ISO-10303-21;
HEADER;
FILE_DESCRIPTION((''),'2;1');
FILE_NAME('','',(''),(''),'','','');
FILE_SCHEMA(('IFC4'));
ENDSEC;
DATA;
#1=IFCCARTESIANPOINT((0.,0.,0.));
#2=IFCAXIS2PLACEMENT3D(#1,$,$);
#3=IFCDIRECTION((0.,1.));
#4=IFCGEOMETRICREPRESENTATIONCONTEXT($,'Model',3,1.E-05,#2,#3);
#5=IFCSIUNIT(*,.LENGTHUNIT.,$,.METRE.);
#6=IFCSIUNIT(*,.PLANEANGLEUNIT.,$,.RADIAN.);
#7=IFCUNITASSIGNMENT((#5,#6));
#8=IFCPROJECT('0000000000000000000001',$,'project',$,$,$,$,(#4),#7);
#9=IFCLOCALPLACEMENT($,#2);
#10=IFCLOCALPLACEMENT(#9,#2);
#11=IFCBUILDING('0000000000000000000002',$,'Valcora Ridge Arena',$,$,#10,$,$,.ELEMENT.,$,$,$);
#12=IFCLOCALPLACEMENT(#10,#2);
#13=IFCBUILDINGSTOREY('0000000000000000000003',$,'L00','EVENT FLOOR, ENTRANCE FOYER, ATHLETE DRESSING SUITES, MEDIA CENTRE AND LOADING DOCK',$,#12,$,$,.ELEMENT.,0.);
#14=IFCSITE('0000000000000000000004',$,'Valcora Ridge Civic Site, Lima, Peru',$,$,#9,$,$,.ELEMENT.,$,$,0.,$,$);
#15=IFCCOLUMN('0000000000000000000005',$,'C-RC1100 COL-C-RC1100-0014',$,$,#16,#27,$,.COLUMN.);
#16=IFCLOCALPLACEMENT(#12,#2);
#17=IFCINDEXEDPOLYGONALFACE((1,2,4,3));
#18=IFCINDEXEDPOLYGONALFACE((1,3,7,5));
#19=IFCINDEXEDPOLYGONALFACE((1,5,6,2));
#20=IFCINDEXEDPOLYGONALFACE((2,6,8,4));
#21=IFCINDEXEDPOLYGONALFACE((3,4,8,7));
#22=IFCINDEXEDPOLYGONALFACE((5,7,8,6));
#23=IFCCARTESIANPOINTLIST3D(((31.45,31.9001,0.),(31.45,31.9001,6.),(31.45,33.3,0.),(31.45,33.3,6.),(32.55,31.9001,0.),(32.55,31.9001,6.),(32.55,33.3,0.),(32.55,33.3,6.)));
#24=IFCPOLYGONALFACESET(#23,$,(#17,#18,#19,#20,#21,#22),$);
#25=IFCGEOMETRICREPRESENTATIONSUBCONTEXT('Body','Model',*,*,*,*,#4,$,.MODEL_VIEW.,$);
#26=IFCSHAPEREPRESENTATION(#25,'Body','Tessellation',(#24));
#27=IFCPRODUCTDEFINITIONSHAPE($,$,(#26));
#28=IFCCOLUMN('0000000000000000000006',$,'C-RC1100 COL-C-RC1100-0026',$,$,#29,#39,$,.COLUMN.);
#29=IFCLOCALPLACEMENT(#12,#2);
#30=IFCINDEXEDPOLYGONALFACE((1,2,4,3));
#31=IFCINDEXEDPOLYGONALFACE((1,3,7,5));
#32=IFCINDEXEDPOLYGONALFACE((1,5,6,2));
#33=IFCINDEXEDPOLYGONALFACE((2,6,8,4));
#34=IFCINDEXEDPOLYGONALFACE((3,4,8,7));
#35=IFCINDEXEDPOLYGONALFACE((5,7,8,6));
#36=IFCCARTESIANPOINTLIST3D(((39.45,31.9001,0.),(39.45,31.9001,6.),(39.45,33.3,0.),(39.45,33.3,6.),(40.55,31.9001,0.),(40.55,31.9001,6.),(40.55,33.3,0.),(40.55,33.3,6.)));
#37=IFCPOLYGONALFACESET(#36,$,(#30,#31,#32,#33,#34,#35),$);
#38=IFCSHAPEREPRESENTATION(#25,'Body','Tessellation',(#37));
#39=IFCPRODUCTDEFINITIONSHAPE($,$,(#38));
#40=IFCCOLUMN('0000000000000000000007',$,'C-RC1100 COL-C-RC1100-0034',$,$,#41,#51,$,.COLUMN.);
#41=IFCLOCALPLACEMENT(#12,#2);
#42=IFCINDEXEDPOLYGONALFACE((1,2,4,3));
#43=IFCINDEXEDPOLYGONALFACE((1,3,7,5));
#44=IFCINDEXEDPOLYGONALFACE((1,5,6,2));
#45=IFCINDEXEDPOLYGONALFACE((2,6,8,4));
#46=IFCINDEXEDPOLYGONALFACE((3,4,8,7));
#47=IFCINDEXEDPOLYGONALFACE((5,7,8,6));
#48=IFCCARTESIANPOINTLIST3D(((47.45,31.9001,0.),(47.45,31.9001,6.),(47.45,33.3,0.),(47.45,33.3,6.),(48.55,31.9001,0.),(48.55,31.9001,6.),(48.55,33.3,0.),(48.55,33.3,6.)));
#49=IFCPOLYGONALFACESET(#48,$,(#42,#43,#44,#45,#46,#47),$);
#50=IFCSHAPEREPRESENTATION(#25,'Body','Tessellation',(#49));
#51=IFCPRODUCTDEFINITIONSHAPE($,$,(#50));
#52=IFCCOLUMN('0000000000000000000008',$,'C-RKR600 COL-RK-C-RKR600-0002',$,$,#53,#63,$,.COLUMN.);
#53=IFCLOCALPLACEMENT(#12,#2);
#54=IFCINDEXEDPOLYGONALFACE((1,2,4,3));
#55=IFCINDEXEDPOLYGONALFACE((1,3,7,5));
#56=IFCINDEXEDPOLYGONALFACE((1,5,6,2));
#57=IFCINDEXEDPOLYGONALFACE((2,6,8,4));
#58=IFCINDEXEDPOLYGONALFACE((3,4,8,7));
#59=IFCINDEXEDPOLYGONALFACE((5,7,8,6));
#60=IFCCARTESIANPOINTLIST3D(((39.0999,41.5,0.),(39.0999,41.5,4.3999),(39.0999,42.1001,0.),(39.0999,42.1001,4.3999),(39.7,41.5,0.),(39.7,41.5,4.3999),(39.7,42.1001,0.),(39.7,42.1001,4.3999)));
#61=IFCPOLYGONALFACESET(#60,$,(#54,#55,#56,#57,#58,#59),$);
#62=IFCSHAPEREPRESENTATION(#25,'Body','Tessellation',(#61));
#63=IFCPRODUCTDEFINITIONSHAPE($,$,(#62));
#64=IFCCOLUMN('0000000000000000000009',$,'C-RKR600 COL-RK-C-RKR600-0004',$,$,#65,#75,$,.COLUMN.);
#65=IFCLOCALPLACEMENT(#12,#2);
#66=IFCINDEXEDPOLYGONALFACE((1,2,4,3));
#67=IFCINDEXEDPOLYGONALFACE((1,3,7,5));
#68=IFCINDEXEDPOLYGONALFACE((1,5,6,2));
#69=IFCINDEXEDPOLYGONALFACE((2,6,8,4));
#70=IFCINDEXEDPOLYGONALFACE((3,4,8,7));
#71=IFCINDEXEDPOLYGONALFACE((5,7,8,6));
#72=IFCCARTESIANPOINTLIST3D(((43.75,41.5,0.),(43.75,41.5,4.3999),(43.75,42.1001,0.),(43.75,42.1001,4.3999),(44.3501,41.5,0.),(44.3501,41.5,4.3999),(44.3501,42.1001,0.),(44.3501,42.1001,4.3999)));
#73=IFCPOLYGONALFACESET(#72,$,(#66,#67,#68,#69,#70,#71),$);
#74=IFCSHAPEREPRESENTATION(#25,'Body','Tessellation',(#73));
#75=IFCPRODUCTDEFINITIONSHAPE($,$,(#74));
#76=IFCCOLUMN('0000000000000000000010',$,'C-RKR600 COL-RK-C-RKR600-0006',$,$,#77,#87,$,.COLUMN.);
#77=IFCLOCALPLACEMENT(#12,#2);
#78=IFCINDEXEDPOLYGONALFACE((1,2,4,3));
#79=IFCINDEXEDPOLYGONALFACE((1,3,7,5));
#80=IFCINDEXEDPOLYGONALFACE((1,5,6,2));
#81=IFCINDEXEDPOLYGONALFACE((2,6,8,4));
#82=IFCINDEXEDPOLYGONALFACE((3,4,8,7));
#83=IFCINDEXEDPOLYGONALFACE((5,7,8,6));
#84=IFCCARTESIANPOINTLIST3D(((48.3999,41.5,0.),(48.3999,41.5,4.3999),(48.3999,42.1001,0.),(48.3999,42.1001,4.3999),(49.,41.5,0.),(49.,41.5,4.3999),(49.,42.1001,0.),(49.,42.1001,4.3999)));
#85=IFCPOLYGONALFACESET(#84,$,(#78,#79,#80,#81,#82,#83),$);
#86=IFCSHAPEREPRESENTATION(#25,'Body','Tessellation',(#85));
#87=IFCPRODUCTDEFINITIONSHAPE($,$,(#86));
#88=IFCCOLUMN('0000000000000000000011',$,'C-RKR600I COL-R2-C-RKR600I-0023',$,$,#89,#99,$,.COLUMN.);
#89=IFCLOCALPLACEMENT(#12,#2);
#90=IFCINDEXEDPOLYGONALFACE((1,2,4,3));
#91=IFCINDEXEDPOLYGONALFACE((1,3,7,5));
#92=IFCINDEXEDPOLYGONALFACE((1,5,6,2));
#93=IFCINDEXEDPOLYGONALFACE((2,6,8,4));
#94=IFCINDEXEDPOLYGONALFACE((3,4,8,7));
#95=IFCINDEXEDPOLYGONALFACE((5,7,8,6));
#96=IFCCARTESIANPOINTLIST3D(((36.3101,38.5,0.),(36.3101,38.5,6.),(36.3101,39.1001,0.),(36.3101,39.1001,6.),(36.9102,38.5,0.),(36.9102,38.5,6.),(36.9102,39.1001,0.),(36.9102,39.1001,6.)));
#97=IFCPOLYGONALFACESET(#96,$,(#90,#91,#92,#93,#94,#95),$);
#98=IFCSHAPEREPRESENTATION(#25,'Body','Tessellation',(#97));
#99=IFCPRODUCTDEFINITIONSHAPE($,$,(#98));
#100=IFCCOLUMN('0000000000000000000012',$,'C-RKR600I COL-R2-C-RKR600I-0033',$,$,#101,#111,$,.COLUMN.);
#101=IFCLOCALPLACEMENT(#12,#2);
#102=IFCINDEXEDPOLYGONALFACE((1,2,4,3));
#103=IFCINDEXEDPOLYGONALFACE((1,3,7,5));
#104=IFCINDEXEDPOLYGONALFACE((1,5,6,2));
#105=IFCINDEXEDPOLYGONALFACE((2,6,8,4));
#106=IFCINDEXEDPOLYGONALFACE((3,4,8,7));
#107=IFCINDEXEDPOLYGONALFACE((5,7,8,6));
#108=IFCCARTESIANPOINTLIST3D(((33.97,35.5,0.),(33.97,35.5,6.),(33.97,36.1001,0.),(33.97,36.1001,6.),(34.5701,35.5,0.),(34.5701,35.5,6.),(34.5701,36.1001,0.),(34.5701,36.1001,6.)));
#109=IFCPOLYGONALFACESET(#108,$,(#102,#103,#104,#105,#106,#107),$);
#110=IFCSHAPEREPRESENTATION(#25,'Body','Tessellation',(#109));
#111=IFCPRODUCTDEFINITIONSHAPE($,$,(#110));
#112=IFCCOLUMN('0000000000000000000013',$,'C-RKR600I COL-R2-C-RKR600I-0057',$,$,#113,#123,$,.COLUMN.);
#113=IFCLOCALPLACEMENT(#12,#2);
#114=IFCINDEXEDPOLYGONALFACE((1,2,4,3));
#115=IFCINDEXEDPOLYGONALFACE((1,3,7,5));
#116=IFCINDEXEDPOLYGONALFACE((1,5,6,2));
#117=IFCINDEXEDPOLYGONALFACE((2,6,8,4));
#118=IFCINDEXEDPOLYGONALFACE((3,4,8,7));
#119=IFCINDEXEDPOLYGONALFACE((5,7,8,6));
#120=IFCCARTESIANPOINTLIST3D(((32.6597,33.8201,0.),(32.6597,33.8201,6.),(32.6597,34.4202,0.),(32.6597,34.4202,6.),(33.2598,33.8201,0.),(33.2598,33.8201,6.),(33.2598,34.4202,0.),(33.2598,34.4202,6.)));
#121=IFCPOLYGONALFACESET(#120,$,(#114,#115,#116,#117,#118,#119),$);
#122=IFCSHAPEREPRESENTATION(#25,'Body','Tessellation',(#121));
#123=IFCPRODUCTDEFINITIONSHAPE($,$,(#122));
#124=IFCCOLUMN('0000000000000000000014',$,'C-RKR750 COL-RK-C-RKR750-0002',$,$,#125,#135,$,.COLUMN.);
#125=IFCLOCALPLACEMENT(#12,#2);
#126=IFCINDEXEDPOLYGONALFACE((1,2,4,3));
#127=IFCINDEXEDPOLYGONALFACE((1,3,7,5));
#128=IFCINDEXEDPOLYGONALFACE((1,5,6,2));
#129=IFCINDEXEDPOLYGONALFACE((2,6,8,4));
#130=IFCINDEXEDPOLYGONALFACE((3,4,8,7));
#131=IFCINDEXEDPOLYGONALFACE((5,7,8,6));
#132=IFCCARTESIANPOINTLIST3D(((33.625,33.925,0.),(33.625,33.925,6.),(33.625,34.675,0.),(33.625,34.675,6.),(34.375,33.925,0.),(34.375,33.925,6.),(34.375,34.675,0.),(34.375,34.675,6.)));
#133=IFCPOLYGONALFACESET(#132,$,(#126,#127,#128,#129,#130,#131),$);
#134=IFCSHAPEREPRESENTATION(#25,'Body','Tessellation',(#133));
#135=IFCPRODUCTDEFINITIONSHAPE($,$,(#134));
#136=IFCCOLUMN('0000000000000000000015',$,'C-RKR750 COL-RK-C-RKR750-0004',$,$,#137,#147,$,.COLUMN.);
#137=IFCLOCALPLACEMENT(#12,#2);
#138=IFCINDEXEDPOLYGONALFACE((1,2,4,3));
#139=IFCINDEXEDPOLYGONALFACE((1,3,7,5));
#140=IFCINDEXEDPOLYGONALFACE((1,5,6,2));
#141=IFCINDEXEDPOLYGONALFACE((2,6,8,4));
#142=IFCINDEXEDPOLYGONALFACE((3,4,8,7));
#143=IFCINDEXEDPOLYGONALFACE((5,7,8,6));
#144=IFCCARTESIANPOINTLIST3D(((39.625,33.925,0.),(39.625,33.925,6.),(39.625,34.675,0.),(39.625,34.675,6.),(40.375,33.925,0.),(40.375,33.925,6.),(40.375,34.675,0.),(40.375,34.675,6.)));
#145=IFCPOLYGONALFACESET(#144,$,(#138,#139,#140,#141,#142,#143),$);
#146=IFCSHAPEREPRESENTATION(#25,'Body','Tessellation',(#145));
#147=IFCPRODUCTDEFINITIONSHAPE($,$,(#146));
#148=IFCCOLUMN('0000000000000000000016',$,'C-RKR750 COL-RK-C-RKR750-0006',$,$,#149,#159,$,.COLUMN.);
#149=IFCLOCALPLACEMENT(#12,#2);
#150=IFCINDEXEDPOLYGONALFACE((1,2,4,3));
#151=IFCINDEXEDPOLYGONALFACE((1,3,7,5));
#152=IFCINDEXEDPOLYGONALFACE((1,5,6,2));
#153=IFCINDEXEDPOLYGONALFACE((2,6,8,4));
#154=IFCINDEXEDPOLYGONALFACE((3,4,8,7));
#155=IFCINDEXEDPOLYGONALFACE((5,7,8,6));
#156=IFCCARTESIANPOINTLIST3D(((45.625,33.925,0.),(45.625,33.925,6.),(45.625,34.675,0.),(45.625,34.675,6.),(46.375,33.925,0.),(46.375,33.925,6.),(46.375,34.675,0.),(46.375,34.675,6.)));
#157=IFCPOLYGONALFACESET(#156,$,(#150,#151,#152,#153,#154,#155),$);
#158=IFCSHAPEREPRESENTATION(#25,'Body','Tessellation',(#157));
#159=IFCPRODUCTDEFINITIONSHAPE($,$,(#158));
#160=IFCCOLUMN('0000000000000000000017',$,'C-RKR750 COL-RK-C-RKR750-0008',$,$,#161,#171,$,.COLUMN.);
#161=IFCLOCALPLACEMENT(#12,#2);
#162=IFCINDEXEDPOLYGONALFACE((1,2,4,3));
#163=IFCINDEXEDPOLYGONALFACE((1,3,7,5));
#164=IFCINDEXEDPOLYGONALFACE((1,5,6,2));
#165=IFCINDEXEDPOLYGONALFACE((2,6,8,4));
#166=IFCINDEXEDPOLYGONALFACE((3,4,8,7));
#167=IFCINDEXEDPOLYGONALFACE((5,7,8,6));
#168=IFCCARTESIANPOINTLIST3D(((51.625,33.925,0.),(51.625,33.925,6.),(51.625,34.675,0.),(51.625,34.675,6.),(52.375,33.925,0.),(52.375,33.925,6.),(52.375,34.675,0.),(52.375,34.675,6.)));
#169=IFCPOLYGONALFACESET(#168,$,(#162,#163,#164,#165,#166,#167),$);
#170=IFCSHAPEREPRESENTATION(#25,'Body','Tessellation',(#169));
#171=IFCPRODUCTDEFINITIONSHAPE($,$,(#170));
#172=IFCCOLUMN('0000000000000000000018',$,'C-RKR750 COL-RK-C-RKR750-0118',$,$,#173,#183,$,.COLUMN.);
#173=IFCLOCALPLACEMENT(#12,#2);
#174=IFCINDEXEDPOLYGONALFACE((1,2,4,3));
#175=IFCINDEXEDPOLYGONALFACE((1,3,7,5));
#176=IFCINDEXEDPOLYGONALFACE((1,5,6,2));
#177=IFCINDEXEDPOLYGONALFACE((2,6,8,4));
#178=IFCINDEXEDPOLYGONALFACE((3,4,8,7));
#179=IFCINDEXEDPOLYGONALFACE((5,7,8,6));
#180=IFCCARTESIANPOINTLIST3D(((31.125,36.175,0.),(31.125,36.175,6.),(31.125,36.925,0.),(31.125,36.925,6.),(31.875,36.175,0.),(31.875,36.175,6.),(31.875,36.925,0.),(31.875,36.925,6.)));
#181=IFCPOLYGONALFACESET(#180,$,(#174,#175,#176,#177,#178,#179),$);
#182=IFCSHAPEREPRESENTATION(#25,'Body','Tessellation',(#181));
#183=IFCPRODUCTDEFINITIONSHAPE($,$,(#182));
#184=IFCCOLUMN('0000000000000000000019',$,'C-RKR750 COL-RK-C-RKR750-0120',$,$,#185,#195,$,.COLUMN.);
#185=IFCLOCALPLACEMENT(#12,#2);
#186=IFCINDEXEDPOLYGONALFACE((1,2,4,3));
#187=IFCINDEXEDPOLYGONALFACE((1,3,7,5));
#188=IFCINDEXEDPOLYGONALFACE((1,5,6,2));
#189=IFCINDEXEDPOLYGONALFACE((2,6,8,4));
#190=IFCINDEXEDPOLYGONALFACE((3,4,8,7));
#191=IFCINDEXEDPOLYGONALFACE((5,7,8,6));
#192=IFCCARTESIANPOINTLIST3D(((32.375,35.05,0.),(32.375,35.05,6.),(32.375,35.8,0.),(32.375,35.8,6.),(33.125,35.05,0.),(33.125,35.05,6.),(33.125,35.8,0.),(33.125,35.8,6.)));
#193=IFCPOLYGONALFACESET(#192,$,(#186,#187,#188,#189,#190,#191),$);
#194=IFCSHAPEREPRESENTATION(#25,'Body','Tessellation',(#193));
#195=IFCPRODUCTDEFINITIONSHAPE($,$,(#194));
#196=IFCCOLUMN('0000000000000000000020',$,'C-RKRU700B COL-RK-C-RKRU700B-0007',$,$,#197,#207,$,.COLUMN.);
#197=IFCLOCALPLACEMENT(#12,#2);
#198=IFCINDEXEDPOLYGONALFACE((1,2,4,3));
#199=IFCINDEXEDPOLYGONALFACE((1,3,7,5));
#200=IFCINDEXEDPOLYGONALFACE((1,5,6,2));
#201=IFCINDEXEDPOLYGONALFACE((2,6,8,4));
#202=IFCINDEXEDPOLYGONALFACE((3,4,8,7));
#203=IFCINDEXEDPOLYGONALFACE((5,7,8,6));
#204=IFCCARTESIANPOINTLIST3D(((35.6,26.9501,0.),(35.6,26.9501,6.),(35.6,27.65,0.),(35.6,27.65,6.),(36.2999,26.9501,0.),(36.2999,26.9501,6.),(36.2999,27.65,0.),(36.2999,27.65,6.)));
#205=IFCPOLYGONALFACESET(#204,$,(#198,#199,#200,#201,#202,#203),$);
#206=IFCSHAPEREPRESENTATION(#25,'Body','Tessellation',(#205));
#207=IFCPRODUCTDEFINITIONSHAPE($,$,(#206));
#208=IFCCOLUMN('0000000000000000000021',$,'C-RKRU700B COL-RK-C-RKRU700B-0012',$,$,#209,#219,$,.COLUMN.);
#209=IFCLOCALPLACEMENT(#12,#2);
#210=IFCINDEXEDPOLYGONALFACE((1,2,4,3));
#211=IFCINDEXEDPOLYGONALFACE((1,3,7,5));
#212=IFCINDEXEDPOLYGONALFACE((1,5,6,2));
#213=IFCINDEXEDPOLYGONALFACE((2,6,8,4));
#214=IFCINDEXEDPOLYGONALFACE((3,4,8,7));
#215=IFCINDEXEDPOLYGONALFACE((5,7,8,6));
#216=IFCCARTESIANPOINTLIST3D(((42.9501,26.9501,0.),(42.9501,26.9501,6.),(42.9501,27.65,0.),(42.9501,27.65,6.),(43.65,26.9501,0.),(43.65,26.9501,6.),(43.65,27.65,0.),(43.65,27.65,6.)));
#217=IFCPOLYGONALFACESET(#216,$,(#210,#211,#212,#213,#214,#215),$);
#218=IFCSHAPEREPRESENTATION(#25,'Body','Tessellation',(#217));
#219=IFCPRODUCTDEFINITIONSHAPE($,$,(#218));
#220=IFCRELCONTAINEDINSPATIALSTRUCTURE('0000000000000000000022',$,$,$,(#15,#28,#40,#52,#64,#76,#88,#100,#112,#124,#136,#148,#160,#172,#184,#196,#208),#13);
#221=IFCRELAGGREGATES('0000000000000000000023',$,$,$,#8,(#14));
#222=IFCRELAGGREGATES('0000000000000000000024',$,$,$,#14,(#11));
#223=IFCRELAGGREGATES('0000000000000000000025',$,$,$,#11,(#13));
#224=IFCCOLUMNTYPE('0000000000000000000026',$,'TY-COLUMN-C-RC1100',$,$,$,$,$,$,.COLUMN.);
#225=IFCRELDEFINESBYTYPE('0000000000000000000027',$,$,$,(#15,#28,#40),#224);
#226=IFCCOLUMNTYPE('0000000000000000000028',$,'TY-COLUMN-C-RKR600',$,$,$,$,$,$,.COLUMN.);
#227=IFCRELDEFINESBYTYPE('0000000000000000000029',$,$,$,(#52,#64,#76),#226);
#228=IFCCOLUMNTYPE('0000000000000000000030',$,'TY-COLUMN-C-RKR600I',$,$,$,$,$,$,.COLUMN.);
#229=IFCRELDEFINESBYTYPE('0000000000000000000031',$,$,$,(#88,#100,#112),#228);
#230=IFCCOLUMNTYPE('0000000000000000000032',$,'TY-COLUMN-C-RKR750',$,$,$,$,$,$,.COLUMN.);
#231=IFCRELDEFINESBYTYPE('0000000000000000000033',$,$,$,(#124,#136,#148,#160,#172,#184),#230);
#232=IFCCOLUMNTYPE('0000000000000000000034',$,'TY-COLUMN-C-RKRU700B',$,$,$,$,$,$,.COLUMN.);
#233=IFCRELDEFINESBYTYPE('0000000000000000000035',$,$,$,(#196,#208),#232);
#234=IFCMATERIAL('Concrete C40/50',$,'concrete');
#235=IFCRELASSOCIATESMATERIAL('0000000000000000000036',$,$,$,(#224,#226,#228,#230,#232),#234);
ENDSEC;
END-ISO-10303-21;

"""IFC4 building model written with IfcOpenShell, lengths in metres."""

from ifc_helpers import new_model, si_unit, direction, frame, origin, origin_2d, place, context, subcontext, project, spatial, rectangle, extrude, material, material_profile, profile_set, type_object, element, save


model = new_model("IFC4")

# Units and contexts
model_context = context("Model", 3, precision=1e-05, world=origin(), true_north=direction((0.0, 1.0)))
body_context = subcontext(model_context, "Body", "Model", "MODEL_VIEW")
ifc_project = project(units=[si_unit("LENGTHUNIT", "METRE"), si_unit("PLANEANGLEUNIT", "RADIAN")], contexts=[model_context])

# Site, building, storey
site_placement = place(None, origin())
site = spatial("IfcSite", under=ifc_project, at=site_placement, Name="Valcora Ridge Civic Site, Lima, Peru", CompositionType="ELEMENT", RefElevation=0.0)
building_placement = place(site_placement, origin())
building = spatial("IfcBuilding", under=site, at=building_placement, Name="Valcora Ridge Arena", CompositionType="ELEMENT")
storey_placement = place(building_placement, origin())
storey = spatial("IfcBuildingStorey", under=building, at=storey_placement, Name="L00", Description="EVENT FLOOR, ENTRANCE FOYER, ATHLETE DRESSING SUITES, MEDIA CENTRE AND LOADING DOCK", CompositionType="ELEMENT", Elevation=0.0)

# Columns
ifc_material_1 = material(Name="Concrete C40/50", Category="concrete")
ifc_material_profile_1 = material_profile(ifc_material_1, rectangle(XDim=1.1001, YDim=1.3999, at=origin_2d()), Name="RC 1100x1400")
ifc_profile_set_1 = profile_set([ifc_material_profile_1], Name="Concrete C40/50")
column_type_1 = type_object("IfcColumnType", Name="TY-COLUMN-C-RC1100", PredefinedType="COLUMN", material=ifc_profile_set_1)
for number, where, z_axis, x_axis, name in (
    (1, (32.0, 32.6001, 0.0), (0.0, 0.0, 1.0), (1.0, 0.0, 0.0), "C-RC1100 COL-C-RC1100-0014"),
    (2, (40.0, 32.6001, 0.0), (0.0, 0.0, 1.0), (1.0, 0.0, 0.0), "C-RC1100 COL-C-RC1100-0026"),
    (3, (48.0, 32.6001, 0.0), (0.0, 0.0, 1.0), (1.0, 0.0, 0.0), "C-RC1100 COL-C-RC1100-0034"),
):
    element("IfcColumn", number, at=place(storey_placement, frame(where, z_axis=z_axis, x_axis=x_axis)), inside=storey, type_object=column_type_1, Name=name, PredefinedType="COLUMN", context=body_context, shape_type="SweptSolid", body=[
        extrude(rectangle(XDim=1.1001, YDim=1.3999, at=origin_2d()), origin(), (0.0, 0.0, 1.0), 6.0),
    ])
ifc_material_profile_2 = material_profile(ifc_material_1, rectangle(XDim=0.6001, YDim=0.6001, at=origin_2d()), Name="RC 600x600")
ifc_profile_set_2 = profile_set([ifc_material_profile_2], Name="Concrete C40/50")
column_type_2 = type_object("IfcColumnType", Name="TY-COLUMN-C-RKR600", PredefinedType="COLUMN", material=ifc_profile_set_2)
for number, where, z_axis, x_axis, name in (
    (4, (39.3999, 41.8, 0.0), (0.0, 0.0, 1.0), (1.0, 0.0, 0.0), "C-RKR600 COL-RK-C-RKR600-0002"),
    (5, (44.05, 41.8, 0.0), (0.0, 0.0, 1.0), (1.0, 0.0, 0.0), "C-RKR600 COL-RK-C-RKR600-0004"),
    (6, (48.7, 41.8, 0.0), (0.0, 0.0, 1.0), (1.0, 0.0, 0.0), "C-RKR600 COL-RK-C-RKR600-0006"),
):
    element("IfcColumn", number, at=place(storey_placement, frame(where, z_axis=z_axis, x_axis=x_axis)), inside=storey, type_object=column_type_2, Name=name, PredefinedType="COLUMN", context=body_context, shape_type="SweptSolid", body=[
        extrude(rectangle(XDim=0.6001, YDim=0.6001, at=origin_2d()), origin(), (0.0, 0.0, 1.0), 4.3999),
    ])
ifc_material_profile_3 = material_profile(ifc_material_1, rectangle(XDim=0.6001, YDim=0.6001, at=origin_2d()), Name="RC 600x600")
ifc_profile_set_3 = profile_set([ifc_material_profile_3], Name="Concrete C40/50")
column_type_3 = type_object("IfcColumnType", Name="TY-COLUMN-C-RKR600I", PredefinedType="COLUMN", material=ifc_profile_set_3)
for number, where, z_axis, x_axis, name in (
    (7, (36.6101, 38.8, 0.0), (0.0, 0.0, 1.0), (1.0, 0.0, 0.0), "C-RKR600I COL-R2-C-RKR600I-0023"),
    (8, (34.27, 35.8, 0.0), (0.0, 0.0, 1.0), (1.0, 0.0, 0.0), "C-RKR600I COL-R2-C-RKR600I-0033"),
    (9, (32.9597, 34.1201, 0.0), (0.0, 0.0, 1.0), (1.0, 0.0, 0.0), "C-RKR600I COL-R2-C-RKR600I-0057"),
):
    element("IfcColumn", number, at=place(storey_placement, frame(where, z_axis=z_axis, x_axis=x_axis)), inside=storey, type_object=column_type_3, Name=name, PredefinedType="COLUMN", context=body_context, shape_type="SweptSolid", body=[
        extrude(rectangle(XDim=0.6001, YDim=0.6001, at=origin_2d()), origin(), (0.0, 0.0, 1.0), 6.0),
    ])
ifc_material_profile_4 = material_profile(ifc_material_1, rectangle(XDim=0.75, YDim=0.75, at=origin_2d()), Name="RC 750x750")
ifc_profile_set_4 = profile_set([ifc_material_profile_4], Name="Concrete C40/50")
column_type_4 = type_object("IfcColumnType", Name="TY-COLUMN-C-RKR750", PredefinedType="COLUMN", material=ifc_profile_set_4)
for number, where, z_axis, x_axis, name in (
    (10, (34.0, 34.3, 0.0), (0.0, 0.0, 1.0), (1.0, 0.0, 0.0), "C-RKR750 COL-RK-C-RKR750-0002"),
    (11, (40.0, 34.3, 0.0), (0.0, 0.0, 1.0), (1.0, 0.0, 0.0), "C-RKR750 COL-RK-C-RKR750-0004"),
    (12, (46.0, 34.3, 0.0), (0.0, 0.0, 1.0), (1.0, 0.0, 0.0), "C-RKR750 COL-RK-C-RKR750-0006"),
    (13, (52.0, 34.3, 0.0), (0.0, 0.0, 1.0), (1.0, 0.0, 0.0), "C-RKR750 COL-RK-C-RKR750-0008"),
    (14, (31.5, 36.55, 0.0), (0.0, 0.0, 1.0), (1.0, 0.0, 0.0), "C-RKR750 COL-RK-C-RKR750-0118"),
    (15, (32.75, 35.425, 0.0), (0.0, 0.0, 1.0), (1.0, 0.0, 0.0), "C-RKR750 COL-RK-C-RKR750-0120"),
):
    element("IfcColumn", number, at=place(storey_placement, frame(where, z_axis=z_axis, x_axis=x_axis)), inside=storey, type_object=column_type_4, Name=name, PredefinedType="COLUMN", context=body_context, shape_type="SweptSolid", body=[
        extrude(rectangle(XDim=0.75, YDim=0.75, at=origin_2d()), origin(), (0.0, 0.0, 1.0), 6.0),
    ])
ifc_material_profile_5 = material_profile(ifc_material_1, rectangle(XDim=0.7, YDim=0.7, at=origin_2d()), Name="RC 700x700")
ifc_profile_set_5 = profile_set([ifc_material_profile_5], Name="Concrete C40/50")
column_type_5 = type_object("IfcColumnType", Name="TY-COLUMN-C-RKRU700B", PredefinedType="COLUMN", material=ifc_profile_set_5)
for number, where, z_axis, x_axis, name in (
    (16, (35.95, 27.3, 0.0), (0.0, 0.0, 1.0), (1.0, 0.0, 0.0), "C-RKRU700B COL-RK-C-RKRU700B-0007"),
    (17, (43.3, 27.3, 0.0), (0.0, 0.0, 1.0), (1.0, 0.0, 0.0), "C-RKRU700B COL-RK-C-RKRU700B-0012"),
):
    element("IfcColumn", number, at=place(storey_placement, frame(where, z_axis=z_axis, x_axis=x_axis)), inside=storey, type_object=column_type_5, Name=name, PredefinedType="COLUMN", context=body_context, shape_type="SweptSolid", body=[
        extrude(rectangle(XDim=0.7, YDim=0.7, at=origin_2d()), origin(), (0.0, 0.0, 1.0), 6.0),
    ])

save(model, "model.ifc")
